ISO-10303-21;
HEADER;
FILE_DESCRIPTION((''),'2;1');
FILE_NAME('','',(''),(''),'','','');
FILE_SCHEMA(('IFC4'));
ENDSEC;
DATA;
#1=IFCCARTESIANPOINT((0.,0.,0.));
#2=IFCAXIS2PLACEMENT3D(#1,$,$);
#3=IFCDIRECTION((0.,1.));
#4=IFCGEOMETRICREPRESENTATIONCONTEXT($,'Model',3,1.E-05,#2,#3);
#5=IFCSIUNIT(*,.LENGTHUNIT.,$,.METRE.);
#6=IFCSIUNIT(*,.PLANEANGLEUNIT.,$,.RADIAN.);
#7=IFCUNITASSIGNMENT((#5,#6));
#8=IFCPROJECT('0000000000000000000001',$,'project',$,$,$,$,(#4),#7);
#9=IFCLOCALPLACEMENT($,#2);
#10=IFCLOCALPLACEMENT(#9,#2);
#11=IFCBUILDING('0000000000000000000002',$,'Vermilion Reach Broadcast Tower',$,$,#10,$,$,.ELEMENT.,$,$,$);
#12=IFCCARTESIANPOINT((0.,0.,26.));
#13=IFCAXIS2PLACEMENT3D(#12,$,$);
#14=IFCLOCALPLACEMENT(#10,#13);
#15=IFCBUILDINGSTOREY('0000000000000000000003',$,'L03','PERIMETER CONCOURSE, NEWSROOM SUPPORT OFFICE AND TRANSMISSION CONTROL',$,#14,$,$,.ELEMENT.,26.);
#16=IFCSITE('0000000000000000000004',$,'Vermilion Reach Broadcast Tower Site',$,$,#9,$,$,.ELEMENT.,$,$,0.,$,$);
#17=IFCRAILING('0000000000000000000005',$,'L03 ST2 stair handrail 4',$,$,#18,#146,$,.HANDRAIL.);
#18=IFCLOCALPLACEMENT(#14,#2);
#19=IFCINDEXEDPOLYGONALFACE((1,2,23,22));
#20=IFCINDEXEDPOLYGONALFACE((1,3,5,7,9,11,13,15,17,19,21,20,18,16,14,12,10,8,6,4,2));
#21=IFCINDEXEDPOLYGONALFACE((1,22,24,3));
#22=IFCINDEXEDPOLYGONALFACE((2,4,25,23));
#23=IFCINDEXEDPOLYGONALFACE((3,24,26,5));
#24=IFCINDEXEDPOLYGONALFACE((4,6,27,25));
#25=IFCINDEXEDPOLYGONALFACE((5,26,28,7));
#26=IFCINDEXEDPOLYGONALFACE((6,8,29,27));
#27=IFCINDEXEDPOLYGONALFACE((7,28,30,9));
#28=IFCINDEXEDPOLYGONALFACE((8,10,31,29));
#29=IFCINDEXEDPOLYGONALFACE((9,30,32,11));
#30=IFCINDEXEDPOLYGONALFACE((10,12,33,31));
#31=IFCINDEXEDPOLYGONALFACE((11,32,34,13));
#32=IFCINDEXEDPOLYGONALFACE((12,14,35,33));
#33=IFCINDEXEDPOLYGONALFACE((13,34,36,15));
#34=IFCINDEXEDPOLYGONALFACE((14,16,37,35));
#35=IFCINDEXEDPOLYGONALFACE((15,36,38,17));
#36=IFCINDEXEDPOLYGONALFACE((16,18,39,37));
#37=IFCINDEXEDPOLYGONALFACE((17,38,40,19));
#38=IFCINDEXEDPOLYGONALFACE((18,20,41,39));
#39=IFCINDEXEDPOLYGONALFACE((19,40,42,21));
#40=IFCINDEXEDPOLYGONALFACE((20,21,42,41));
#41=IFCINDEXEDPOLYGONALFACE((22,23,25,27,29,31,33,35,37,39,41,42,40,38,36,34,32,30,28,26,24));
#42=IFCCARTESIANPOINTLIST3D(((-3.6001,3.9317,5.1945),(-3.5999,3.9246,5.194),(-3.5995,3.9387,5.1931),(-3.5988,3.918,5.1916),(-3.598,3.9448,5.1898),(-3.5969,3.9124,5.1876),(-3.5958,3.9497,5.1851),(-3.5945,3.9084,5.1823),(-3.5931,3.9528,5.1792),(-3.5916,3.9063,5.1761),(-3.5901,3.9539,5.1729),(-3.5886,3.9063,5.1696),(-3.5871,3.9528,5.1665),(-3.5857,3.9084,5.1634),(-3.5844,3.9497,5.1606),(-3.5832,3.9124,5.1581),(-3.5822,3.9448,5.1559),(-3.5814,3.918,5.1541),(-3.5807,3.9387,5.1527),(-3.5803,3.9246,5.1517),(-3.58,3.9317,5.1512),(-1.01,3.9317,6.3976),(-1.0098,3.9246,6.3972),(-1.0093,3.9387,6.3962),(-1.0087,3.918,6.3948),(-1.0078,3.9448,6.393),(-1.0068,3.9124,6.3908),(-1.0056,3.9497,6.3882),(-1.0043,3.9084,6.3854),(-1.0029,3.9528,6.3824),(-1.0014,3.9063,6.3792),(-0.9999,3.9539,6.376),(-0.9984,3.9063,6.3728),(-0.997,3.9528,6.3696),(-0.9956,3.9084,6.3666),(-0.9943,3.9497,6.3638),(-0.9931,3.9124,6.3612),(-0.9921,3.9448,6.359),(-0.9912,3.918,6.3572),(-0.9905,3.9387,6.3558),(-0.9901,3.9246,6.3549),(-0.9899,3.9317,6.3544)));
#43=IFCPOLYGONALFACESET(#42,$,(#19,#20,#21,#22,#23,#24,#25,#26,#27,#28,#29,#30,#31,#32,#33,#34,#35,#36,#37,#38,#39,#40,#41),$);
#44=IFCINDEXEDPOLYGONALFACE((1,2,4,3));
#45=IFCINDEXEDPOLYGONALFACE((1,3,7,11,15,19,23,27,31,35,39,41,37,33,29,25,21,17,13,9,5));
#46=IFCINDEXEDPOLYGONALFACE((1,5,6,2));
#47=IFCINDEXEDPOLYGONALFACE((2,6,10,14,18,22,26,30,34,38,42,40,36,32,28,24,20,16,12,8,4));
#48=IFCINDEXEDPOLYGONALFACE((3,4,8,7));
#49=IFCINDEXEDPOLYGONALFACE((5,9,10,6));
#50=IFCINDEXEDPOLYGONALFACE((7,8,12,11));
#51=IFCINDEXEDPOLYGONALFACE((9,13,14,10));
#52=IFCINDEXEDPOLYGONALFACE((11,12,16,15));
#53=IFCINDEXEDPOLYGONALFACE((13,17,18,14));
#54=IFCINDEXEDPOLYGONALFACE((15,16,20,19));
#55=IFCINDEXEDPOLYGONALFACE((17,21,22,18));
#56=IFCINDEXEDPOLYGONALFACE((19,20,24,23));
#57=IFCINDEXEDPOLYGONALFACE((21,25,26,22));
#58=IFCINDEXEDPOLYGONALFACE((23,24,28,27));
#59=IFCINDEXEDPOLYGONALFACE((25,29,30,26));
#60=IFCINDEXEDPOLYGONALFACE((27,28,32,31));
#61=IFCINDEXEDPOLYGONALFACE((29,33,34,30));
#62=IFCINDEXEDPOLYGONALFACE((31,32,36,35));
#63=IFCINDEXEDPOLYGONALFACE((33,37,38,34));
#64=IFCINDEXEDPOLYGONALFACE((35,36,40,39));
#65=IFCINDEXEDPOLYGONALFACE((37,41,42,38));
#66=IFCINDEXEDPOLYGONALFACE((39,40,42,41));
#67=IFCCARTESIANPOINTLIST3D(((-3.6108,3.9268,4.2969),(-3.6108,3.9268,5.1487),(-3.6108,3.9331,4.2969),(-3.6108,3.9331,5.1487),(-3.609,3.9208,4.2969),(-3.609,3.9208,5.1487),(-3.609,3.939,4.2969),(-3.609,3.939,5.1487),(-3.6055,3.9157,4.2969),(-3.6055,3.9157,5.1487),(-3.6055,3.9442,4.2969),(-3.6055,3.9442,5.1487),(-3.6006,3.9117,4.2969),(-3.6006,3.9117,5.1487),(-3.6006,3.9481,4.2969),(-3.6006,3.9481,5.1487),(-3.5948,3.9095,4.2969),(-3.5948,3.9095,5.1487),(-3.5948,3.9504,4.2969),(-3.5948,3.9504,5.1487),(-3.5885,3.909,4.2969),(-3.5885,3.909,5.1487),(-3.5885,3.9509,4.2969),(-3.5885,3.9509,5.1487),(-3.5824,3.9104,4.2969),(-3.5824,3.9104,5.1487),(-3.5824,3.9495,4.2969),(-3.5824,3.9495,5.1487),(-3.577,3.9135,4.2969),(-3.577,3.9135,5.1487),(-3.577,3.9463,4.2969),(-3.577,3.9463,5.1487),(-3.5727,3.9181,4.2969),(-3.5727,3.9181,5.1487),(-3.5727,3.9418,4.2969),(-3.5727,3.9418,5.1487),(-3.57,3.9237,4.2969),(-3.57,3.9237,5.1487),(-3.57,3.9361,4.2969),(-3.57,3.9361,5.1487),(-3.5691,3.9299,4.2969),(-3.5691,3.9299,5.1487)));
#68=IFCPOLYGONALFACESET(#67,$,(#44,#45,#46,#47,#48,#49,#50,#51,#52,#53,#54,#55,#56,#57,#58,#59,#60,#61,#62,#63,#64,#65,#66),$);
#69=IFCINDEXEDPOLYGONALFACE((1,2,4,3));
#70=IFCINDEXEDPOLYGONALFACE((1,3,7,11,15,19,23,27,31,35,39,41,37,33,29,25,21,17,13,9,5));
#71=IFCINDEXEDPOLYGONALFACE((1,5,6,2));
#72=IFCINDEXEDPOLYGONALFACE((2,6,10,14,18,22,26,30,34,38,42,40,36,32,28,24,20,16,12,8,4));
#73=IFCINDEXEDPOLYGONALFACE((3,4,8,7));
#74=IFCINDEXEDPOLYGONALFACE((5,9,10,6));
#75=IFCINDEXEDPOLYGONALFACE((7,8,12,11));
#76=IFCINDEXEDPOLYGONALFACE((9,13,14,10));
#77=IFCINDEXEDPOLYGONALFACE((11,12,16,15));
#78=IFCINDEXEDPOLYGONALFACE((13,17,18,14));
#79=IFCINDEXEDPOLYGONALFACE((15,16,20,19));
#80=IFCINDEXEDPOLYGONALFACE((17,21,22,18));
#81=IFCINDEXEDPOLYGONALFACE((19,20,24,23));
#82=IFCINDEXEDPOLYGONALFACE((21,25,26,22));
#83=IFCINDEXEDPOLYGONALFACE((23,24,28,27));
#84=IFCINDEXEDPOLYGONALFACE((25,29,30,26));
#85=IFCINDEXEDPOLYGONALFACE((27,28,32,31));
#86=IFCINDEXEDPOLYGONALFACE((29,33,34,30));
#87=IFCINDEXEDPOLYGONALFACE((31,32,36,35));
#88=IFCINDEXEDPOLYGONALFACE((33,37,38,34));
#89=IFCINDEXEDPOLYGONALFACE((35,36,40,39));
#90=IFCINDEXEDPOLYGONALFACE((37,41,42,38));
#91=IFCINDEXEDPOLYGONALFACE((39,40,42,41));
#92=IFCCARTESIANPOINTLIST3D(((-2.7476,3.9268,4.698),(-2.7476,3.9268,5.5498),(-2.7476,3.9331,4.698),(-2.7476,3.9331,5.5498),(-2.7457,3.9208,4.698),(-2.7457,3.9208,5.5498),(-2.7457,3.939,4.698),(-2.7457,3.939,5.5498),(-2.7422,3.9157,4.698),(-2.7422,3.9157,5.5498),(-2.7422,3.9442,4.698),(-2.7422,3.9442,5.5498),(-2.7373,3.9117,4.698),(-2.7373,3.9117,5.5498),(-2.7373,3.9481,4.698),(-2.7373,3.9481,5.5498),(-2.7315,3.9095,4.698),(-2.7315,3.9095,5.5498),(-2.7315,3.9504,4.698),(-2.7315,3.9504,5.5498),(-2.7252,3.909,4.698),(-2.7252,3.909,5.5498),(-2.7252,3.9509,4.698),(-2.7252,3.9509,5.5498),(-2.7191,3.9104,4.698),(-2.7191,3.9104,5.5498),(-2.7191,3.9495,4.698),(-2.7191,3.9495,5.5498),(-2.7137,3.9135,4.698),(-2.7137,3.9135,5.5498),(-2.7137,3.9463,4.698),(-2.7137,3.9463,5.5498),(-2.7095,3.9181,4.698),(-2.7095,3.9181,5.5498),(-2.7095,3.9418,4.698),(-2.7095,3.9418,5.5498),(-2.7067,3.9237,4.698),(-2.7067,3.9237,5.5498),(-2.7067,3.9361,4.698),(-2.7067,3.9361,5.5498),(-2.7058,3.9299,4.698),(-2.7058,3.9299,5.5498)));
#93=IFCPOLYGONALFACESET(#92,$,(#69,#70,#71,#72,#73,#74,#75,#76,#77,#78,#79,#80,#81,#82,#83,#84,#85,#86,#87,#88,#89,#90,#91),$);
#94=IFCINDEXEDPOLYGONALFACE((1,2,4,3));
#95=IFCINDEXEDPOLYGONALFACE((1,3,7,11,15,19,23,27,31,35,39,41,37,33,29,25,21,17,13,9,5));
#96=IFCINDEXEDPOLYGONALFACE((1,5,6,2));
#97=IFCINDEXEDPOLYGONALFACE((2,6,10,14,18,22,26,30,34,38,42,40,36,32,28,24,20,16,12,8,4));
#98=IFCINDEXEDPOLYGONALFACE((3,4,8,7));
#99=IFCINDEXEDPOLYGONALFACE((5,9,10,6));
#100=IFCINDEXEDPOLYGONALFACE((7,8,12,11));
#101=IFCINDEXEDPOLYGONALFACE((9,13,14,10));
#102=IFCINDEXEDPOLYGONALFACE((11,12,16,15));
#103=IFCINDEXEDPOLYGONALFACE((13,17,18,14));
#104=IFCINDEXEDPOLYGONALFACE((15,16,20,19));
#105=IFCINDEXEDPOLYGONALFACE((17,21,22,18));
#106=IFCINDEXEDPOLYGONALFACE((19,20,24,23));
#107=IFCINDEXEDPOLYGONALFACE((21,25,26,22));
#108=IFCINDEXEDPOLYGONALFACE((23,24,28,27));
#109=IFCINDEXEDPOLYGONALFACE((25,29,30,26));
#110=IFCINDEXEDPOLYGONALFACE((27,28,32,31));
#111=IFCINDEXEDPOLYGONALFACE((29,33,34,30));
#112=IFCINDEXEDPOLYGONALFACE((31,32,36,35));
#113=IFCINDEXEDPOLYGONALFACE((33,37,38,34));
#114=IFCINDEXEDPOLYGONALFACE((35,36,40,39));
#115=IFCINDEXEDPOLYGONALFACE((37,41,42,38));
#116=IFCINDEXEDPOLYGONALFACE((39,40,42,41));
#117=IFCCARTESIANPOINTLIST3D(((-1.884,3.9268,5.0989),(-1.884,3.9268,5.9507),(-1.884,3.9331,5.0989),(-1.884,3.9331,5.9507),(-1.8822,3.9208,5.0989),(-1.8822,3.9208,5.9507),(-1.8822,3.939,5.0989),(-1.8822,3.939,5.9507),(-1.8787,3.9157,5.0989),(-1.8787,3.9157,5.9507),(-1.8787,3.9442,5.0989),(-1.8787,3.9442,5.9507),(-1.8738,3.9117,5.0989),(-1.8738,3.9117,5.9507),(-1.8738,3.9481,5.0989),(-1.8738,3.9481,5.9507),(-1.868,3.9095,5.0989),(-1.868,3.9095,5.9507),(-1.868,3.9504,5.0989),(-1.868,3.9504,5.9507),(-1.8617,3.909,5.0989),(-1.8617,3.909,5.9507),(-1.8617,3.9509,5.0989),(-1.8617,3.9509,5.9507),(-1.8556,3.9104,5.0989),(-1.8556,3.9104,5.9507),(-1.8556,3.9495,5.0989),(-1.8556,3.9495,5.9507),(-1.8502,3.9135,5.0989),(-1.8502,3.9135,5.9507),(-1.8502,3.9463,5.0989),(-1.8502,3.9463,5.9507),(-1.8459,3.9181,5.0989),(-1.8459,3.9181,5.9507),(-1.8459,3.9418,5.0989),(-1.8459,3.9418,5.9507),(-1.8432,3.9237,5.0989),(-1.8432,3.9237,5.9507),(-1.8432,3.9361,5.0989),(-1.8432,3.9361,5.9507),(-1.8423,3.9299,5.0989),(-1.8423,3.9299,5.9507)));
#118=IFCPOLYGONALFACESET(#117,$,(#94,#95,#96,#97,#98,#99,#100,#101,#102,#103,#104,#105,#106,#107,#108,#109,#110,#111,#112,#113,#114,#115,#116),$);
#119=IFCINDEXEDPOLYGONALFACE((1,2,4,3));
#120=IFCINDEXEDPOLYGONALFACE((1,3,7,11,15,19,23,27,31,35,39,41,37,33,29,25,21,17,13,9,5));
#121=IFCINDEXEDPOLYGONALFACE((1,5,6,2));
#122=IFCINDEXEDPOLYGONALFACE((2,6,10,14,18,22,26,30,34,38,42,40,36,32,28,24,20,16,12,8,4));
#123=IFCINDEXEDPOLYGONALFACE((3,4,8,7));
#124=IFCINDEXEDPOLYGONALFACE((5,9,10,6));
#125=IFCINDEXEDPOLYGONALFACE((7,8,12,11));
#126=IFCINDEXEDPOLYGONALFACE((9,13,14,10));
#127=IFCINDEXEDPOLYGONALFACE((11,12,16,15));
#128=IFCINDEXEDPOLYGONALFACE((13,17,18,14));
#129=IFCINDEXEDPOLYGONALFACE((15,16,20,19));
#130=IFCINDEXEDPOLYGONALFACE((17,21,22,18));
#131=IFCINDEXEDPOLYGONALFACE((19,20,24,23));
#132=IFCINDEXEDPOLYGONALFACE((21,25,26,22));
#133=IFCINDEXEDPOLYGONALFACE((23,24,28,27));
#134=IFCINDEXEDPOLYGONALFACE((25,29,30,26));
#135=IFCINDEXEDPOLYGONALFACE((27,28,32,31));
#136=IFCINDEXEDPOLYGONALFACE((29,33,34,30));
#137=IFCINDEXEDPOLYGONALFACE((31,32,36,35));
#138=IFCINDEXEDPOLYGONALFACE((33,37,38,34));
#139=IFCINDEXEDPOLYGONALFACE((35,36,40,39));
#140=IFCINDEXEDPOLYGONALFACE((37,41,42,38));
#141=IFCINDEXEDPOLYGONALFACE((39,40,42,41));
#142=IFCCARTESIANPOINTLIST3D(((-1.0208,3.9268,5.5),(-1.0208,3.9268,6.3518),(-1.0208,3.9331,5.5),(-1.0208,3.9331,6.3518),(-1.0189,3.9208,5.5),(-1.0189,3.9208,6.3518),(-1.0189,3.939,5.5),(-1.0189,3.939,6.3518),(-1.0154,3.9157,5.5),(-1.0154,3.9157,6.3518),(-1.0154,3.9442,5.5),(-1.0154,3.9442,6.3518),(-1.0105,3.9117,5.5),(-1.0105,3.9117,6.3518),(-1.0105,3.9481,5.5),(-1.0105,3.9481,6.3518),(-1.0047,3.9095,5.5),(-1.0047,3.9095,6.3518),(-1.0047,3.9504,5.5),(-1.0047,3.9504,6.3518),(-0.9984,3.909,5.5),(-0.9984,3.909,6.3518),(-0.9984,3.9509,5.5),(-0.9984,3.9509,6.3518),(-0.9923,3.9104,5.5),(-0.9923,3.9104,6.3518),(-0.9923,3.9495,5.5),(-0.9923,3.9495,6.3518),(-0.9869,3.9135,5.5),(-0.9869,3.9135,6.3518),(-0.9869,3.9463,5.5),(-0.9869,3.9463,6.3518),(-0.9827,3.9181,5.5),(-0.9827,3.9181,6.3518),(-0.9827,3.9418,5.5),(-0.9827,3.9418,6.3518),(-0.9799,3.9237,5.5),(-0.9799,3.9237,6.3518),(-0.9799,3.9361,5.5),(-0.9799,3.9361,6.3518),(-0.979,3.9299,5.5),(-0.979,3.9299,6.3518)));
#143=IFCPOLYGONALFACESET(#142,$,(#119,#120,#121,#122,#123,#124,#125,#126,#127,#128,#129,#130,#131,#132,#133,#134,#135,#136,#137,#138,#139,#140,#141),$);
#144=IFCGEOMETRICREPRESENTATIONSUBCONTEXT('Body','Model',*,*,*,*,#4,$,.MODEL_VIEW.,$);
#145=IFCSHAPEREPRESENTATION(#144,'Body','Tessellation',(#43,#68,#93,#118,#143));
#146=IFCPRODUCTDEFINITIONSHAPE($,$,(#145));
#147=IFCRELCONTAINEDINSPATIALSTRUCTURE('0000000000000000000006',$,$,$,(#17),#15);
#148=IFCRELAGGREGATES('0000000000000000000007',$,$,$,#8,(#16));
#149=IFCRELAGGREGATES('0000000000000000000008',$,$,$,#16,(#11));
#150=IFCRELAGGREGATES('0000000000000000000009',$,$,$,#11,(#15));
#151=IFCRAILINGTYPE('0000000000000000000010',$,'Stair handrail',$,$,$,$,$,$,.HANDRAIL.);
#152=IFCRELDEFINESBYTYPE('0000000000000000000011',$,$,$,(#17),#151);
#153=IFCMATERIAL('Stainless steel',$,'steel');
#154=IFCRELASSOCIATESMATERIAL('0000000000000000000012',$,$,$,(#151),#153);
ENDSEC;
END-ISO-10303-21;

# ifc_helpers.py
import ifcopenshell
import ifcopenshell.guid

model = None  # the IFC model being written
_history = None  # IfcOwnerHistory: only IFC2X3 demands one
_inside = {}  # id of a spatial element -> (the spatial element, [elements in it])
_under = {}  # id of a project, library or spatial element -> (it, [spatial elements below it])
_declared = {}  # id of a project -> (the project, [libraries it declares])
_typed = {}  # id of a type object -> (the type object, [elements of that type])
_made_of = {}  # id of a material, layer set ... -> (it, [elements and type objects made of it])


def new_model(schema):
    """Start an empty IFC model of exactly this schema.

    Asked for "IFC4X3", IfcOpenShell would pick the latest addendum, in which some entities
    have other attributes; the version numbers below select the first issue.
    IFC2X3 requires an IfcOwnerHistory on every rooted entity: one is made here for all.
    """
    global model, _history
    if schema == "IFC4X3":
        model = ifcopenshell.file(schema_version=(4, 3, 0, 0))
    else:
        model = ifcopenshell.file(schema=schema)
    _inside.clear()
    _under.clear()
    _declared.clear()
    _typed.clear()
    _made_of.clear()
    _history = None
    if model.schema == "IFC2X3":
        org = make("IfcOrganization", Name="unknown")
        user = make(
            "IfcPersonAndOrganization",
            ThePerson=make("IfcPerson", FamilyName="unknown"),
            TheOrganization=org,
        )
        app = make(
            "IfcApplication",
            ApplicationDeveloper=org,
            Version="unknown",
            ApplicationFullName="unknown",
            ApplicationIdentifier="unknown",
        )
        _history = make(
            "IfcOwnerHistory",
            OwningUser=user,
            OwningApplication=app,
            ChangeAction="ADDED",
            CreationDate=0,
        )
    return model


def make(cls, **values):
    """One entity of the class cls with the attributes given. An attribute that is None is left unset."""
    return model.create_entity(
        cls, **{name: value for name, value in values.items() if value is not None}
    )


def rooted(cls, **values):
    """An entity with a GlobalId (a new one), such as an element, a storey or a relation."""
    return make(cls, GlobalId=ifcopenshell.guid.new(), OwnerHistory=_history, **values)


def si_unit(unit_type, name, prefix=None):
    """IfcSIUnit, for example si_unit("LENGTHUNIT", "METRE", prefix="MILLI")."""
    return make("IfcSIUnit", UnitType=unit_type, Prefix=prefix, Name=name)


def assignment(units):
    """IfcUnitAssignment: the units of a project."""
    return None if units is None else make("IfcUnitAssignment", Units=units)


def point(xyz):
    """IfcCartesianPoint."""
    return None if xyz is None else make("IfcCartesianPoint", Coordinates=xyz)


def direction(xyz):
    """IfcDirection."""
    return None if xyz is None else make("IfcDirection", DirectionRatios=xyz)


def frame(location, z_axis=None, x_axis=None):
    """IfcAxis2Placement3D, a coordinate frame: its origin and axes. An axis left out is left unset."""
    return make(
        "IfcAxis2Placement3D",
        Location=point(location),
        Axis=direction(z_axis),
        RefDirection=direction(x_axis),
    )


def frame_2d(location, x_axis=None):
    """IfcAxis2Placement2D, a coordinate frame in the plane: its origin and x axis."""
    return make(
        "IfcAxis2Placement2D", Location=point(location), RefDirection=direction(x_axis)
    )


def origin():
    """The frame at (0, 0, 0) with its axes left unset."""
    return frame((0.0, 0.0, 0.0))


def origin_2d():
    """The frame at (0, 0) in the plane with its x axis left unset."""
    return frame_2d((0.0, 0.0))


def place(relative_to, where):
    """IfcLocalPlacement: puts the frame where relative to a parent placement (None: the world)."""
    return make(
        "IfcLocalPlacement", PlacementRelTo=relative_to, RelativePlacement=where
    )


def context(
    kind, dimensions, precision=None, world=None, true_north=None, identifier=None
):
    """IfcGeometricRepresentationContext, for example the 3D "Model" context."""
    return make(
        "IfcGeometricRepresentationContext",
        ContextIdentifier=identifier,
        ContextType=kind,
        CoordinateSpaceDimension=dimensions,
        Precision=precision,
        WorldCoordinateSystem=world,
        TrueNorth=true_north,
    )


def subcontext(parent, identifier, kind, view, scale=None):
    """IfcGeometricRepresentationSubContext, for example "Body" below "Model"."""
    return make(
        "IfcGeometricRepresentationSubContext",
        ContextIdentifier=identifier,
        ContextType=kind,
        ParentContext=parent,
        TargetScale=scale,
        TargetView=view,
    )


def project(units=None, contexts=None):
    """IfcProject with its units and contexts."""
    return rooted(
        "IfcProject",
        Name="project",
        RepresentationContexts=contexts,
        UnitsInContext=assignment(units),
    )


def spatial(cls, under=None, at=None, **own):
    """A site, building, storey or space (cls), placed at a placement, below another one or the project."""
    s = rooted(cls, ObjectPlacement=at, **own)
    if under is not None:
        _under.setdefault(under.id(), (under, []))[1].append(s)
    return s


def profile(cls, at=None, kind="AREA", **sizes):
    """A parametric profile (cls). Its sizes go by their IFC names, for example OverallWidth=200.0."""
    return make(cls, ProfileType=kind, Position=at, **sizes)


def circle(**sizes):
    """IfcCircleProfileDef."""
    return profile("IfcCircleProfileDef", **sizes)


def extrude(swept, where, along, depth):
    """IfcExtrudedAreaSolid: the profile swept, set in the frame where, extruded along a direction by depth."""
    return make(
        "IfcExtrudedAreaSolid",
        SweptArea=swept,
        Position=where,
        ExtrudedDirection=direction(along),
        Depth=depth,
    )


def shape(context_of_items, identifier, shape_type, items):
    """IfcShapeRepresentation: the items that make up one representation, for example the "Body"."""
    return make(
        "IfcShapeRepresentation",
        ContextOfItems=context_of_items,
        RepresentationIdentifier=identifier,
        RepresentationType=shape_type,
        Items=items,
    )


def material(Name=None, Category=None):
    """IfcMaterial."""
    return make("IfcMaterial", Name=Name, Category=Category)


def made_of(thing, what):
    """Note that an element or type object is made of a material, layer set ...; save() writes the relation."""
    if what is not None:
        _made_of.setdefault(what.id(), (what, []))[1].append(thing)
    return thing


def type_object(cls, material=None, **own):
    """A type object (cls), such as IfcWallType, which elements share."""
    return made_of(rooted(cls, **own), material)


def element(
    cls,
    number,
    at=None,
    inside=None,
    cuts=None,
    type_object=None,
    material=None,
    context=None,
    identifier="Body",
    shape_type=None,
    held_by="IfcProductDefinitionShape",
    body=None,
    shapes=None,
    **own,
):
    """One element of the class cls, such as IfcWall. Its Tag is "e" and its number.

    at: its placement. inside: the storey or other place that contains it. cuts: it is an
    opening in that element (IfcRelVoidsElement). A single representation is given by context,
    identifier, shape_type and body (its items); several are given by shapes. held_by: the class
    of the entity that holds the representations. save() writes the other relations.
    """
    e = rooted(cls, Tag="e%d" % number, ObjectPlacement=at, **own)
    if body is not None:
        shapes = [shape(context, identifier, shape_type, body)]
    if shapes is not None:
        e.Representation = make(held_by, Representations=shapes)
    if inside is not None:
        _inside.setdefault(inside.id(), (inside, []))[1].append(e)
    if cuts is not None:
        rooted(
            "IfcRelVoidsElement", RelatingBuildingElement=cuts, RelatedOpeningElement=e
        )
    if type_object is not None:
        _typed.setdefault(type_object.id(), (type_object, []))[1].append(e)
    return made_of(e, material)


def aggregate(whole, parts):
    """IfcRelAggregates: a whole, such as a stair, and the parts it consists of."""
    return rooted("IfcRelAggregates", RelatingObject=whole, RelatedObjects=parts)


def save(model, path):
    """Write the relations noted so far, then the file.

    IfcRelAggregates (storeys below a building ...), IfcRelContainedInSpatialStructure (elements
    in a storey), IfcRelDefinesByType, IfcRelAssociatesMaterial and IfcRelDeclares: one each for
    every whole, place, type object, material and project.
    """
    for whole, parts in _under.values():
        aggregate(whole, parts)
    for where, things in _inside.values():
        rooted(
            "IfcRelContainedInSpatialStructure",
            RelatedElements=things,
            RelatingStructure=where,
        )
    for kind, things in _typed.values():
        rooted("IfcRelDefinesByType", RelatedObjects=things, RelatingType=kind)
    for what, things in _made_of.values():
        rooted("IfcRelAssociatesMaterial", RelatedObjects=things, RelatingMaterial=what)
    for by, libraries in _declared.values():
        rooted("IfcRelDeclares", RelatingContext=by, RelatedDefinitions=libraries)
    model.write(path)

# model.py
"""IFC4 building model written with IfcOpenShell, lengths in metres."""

from ifc_helpers import new_model, si_unit, direction, frame, origin, origin_2d, place, context, subcontext, project, spatial, circle, extrude, material, type_object, element, save


model = new_model("IFC4")

# Units and contexts
model_context = context("Model", 3, precision=1e-05, world=origin(), true_north=direction((0.0, 1.0)))
body_context = subcontext(model_context, "Body", "Model", "MODEL_VIEW")
ifc_project = project(units=[si_unit("LENGTHUNIT", "METRE"), si_unit("PLANEANGLEUNIT", "RADIAN")], contexts=[model_context])

# Site, building, storey
site_placement = place(None, origin())
site = spatial("IfcSite", under=ifc_project, at=site_placement, Name="Vermilion Reach Broadcast Tower Site", CompositionType="ELEMENT", RefElevation=0.0)
building_placement = place(site_placement, origin())
building = spatial("IfcBuilding", under=site, at=building_placement, Name="Vermilion Reach Broadcast Tower", CompositionType="ELEMENT")
storey_placement = place(building_placement, frame((0.0, 0.0, 26.0)))
storey = spatial("IfcBuildingStorey", under=building, at=storey_placement, Name="L03", Description="PERIMETER CONCOURSE, NEWSROOM SUPPORT OFFICE AND TRANSMISSION CONTROL", CompositionType="ELEMENT", Elevation=26.0)

# Railing
ifc_material_1 = material(Name="Stainless steel", Category="steel")
railing_type_1 = type_object("IfcRailingType", Name="Stair handrail", PredefinedType="HANDRAIL", material=ifc_material_1)
railing_1_placement = place(storey_placement, frame((-3.5901, 3.9299, 4.2969)))
element("IfcRailing", 1, at=railing_1_placement, inside=storey, type_object=railing_type_1, Name="L03 ST2 stair handrail 4", PredefinedType="HANDRAIL", context=body_context, shape_type="SweptSolid", body=[
    extrude(circle(Radius=0.0239, at=origin_2d()), frame((0.0, 0.0, 0.876), z_axis=(0.906931, 0.0, 0.42128), x_axis=(0.0, 1.0, 0.0)), (0.0, 0.0, 1.0), 2.856),
    extrude(circle(Radius=0.021, at=origin_2d()), origin(), (0.0, 0.0, 1.0), 0.8518),
    extrude(circle(Radius=0.021, at=origin_2d()), frame((0.8633, 0.0, 0.4011)), (0.0, 0.0, 1.0), 0.8518),
    extrude(circle(Radius=0.021, at=origin_2d()), frame((1.7268, 0.0, 0.802)), (0.0, 0.0, 1.0), 0.8518),
    extrude(circle(Radius=0.021, at=origin_2d()), frame((2.5901, 0.0, 1.2031)), (0.0, 0.0, 1.0), 0.8518),
])

save(model, "model.ifc")
